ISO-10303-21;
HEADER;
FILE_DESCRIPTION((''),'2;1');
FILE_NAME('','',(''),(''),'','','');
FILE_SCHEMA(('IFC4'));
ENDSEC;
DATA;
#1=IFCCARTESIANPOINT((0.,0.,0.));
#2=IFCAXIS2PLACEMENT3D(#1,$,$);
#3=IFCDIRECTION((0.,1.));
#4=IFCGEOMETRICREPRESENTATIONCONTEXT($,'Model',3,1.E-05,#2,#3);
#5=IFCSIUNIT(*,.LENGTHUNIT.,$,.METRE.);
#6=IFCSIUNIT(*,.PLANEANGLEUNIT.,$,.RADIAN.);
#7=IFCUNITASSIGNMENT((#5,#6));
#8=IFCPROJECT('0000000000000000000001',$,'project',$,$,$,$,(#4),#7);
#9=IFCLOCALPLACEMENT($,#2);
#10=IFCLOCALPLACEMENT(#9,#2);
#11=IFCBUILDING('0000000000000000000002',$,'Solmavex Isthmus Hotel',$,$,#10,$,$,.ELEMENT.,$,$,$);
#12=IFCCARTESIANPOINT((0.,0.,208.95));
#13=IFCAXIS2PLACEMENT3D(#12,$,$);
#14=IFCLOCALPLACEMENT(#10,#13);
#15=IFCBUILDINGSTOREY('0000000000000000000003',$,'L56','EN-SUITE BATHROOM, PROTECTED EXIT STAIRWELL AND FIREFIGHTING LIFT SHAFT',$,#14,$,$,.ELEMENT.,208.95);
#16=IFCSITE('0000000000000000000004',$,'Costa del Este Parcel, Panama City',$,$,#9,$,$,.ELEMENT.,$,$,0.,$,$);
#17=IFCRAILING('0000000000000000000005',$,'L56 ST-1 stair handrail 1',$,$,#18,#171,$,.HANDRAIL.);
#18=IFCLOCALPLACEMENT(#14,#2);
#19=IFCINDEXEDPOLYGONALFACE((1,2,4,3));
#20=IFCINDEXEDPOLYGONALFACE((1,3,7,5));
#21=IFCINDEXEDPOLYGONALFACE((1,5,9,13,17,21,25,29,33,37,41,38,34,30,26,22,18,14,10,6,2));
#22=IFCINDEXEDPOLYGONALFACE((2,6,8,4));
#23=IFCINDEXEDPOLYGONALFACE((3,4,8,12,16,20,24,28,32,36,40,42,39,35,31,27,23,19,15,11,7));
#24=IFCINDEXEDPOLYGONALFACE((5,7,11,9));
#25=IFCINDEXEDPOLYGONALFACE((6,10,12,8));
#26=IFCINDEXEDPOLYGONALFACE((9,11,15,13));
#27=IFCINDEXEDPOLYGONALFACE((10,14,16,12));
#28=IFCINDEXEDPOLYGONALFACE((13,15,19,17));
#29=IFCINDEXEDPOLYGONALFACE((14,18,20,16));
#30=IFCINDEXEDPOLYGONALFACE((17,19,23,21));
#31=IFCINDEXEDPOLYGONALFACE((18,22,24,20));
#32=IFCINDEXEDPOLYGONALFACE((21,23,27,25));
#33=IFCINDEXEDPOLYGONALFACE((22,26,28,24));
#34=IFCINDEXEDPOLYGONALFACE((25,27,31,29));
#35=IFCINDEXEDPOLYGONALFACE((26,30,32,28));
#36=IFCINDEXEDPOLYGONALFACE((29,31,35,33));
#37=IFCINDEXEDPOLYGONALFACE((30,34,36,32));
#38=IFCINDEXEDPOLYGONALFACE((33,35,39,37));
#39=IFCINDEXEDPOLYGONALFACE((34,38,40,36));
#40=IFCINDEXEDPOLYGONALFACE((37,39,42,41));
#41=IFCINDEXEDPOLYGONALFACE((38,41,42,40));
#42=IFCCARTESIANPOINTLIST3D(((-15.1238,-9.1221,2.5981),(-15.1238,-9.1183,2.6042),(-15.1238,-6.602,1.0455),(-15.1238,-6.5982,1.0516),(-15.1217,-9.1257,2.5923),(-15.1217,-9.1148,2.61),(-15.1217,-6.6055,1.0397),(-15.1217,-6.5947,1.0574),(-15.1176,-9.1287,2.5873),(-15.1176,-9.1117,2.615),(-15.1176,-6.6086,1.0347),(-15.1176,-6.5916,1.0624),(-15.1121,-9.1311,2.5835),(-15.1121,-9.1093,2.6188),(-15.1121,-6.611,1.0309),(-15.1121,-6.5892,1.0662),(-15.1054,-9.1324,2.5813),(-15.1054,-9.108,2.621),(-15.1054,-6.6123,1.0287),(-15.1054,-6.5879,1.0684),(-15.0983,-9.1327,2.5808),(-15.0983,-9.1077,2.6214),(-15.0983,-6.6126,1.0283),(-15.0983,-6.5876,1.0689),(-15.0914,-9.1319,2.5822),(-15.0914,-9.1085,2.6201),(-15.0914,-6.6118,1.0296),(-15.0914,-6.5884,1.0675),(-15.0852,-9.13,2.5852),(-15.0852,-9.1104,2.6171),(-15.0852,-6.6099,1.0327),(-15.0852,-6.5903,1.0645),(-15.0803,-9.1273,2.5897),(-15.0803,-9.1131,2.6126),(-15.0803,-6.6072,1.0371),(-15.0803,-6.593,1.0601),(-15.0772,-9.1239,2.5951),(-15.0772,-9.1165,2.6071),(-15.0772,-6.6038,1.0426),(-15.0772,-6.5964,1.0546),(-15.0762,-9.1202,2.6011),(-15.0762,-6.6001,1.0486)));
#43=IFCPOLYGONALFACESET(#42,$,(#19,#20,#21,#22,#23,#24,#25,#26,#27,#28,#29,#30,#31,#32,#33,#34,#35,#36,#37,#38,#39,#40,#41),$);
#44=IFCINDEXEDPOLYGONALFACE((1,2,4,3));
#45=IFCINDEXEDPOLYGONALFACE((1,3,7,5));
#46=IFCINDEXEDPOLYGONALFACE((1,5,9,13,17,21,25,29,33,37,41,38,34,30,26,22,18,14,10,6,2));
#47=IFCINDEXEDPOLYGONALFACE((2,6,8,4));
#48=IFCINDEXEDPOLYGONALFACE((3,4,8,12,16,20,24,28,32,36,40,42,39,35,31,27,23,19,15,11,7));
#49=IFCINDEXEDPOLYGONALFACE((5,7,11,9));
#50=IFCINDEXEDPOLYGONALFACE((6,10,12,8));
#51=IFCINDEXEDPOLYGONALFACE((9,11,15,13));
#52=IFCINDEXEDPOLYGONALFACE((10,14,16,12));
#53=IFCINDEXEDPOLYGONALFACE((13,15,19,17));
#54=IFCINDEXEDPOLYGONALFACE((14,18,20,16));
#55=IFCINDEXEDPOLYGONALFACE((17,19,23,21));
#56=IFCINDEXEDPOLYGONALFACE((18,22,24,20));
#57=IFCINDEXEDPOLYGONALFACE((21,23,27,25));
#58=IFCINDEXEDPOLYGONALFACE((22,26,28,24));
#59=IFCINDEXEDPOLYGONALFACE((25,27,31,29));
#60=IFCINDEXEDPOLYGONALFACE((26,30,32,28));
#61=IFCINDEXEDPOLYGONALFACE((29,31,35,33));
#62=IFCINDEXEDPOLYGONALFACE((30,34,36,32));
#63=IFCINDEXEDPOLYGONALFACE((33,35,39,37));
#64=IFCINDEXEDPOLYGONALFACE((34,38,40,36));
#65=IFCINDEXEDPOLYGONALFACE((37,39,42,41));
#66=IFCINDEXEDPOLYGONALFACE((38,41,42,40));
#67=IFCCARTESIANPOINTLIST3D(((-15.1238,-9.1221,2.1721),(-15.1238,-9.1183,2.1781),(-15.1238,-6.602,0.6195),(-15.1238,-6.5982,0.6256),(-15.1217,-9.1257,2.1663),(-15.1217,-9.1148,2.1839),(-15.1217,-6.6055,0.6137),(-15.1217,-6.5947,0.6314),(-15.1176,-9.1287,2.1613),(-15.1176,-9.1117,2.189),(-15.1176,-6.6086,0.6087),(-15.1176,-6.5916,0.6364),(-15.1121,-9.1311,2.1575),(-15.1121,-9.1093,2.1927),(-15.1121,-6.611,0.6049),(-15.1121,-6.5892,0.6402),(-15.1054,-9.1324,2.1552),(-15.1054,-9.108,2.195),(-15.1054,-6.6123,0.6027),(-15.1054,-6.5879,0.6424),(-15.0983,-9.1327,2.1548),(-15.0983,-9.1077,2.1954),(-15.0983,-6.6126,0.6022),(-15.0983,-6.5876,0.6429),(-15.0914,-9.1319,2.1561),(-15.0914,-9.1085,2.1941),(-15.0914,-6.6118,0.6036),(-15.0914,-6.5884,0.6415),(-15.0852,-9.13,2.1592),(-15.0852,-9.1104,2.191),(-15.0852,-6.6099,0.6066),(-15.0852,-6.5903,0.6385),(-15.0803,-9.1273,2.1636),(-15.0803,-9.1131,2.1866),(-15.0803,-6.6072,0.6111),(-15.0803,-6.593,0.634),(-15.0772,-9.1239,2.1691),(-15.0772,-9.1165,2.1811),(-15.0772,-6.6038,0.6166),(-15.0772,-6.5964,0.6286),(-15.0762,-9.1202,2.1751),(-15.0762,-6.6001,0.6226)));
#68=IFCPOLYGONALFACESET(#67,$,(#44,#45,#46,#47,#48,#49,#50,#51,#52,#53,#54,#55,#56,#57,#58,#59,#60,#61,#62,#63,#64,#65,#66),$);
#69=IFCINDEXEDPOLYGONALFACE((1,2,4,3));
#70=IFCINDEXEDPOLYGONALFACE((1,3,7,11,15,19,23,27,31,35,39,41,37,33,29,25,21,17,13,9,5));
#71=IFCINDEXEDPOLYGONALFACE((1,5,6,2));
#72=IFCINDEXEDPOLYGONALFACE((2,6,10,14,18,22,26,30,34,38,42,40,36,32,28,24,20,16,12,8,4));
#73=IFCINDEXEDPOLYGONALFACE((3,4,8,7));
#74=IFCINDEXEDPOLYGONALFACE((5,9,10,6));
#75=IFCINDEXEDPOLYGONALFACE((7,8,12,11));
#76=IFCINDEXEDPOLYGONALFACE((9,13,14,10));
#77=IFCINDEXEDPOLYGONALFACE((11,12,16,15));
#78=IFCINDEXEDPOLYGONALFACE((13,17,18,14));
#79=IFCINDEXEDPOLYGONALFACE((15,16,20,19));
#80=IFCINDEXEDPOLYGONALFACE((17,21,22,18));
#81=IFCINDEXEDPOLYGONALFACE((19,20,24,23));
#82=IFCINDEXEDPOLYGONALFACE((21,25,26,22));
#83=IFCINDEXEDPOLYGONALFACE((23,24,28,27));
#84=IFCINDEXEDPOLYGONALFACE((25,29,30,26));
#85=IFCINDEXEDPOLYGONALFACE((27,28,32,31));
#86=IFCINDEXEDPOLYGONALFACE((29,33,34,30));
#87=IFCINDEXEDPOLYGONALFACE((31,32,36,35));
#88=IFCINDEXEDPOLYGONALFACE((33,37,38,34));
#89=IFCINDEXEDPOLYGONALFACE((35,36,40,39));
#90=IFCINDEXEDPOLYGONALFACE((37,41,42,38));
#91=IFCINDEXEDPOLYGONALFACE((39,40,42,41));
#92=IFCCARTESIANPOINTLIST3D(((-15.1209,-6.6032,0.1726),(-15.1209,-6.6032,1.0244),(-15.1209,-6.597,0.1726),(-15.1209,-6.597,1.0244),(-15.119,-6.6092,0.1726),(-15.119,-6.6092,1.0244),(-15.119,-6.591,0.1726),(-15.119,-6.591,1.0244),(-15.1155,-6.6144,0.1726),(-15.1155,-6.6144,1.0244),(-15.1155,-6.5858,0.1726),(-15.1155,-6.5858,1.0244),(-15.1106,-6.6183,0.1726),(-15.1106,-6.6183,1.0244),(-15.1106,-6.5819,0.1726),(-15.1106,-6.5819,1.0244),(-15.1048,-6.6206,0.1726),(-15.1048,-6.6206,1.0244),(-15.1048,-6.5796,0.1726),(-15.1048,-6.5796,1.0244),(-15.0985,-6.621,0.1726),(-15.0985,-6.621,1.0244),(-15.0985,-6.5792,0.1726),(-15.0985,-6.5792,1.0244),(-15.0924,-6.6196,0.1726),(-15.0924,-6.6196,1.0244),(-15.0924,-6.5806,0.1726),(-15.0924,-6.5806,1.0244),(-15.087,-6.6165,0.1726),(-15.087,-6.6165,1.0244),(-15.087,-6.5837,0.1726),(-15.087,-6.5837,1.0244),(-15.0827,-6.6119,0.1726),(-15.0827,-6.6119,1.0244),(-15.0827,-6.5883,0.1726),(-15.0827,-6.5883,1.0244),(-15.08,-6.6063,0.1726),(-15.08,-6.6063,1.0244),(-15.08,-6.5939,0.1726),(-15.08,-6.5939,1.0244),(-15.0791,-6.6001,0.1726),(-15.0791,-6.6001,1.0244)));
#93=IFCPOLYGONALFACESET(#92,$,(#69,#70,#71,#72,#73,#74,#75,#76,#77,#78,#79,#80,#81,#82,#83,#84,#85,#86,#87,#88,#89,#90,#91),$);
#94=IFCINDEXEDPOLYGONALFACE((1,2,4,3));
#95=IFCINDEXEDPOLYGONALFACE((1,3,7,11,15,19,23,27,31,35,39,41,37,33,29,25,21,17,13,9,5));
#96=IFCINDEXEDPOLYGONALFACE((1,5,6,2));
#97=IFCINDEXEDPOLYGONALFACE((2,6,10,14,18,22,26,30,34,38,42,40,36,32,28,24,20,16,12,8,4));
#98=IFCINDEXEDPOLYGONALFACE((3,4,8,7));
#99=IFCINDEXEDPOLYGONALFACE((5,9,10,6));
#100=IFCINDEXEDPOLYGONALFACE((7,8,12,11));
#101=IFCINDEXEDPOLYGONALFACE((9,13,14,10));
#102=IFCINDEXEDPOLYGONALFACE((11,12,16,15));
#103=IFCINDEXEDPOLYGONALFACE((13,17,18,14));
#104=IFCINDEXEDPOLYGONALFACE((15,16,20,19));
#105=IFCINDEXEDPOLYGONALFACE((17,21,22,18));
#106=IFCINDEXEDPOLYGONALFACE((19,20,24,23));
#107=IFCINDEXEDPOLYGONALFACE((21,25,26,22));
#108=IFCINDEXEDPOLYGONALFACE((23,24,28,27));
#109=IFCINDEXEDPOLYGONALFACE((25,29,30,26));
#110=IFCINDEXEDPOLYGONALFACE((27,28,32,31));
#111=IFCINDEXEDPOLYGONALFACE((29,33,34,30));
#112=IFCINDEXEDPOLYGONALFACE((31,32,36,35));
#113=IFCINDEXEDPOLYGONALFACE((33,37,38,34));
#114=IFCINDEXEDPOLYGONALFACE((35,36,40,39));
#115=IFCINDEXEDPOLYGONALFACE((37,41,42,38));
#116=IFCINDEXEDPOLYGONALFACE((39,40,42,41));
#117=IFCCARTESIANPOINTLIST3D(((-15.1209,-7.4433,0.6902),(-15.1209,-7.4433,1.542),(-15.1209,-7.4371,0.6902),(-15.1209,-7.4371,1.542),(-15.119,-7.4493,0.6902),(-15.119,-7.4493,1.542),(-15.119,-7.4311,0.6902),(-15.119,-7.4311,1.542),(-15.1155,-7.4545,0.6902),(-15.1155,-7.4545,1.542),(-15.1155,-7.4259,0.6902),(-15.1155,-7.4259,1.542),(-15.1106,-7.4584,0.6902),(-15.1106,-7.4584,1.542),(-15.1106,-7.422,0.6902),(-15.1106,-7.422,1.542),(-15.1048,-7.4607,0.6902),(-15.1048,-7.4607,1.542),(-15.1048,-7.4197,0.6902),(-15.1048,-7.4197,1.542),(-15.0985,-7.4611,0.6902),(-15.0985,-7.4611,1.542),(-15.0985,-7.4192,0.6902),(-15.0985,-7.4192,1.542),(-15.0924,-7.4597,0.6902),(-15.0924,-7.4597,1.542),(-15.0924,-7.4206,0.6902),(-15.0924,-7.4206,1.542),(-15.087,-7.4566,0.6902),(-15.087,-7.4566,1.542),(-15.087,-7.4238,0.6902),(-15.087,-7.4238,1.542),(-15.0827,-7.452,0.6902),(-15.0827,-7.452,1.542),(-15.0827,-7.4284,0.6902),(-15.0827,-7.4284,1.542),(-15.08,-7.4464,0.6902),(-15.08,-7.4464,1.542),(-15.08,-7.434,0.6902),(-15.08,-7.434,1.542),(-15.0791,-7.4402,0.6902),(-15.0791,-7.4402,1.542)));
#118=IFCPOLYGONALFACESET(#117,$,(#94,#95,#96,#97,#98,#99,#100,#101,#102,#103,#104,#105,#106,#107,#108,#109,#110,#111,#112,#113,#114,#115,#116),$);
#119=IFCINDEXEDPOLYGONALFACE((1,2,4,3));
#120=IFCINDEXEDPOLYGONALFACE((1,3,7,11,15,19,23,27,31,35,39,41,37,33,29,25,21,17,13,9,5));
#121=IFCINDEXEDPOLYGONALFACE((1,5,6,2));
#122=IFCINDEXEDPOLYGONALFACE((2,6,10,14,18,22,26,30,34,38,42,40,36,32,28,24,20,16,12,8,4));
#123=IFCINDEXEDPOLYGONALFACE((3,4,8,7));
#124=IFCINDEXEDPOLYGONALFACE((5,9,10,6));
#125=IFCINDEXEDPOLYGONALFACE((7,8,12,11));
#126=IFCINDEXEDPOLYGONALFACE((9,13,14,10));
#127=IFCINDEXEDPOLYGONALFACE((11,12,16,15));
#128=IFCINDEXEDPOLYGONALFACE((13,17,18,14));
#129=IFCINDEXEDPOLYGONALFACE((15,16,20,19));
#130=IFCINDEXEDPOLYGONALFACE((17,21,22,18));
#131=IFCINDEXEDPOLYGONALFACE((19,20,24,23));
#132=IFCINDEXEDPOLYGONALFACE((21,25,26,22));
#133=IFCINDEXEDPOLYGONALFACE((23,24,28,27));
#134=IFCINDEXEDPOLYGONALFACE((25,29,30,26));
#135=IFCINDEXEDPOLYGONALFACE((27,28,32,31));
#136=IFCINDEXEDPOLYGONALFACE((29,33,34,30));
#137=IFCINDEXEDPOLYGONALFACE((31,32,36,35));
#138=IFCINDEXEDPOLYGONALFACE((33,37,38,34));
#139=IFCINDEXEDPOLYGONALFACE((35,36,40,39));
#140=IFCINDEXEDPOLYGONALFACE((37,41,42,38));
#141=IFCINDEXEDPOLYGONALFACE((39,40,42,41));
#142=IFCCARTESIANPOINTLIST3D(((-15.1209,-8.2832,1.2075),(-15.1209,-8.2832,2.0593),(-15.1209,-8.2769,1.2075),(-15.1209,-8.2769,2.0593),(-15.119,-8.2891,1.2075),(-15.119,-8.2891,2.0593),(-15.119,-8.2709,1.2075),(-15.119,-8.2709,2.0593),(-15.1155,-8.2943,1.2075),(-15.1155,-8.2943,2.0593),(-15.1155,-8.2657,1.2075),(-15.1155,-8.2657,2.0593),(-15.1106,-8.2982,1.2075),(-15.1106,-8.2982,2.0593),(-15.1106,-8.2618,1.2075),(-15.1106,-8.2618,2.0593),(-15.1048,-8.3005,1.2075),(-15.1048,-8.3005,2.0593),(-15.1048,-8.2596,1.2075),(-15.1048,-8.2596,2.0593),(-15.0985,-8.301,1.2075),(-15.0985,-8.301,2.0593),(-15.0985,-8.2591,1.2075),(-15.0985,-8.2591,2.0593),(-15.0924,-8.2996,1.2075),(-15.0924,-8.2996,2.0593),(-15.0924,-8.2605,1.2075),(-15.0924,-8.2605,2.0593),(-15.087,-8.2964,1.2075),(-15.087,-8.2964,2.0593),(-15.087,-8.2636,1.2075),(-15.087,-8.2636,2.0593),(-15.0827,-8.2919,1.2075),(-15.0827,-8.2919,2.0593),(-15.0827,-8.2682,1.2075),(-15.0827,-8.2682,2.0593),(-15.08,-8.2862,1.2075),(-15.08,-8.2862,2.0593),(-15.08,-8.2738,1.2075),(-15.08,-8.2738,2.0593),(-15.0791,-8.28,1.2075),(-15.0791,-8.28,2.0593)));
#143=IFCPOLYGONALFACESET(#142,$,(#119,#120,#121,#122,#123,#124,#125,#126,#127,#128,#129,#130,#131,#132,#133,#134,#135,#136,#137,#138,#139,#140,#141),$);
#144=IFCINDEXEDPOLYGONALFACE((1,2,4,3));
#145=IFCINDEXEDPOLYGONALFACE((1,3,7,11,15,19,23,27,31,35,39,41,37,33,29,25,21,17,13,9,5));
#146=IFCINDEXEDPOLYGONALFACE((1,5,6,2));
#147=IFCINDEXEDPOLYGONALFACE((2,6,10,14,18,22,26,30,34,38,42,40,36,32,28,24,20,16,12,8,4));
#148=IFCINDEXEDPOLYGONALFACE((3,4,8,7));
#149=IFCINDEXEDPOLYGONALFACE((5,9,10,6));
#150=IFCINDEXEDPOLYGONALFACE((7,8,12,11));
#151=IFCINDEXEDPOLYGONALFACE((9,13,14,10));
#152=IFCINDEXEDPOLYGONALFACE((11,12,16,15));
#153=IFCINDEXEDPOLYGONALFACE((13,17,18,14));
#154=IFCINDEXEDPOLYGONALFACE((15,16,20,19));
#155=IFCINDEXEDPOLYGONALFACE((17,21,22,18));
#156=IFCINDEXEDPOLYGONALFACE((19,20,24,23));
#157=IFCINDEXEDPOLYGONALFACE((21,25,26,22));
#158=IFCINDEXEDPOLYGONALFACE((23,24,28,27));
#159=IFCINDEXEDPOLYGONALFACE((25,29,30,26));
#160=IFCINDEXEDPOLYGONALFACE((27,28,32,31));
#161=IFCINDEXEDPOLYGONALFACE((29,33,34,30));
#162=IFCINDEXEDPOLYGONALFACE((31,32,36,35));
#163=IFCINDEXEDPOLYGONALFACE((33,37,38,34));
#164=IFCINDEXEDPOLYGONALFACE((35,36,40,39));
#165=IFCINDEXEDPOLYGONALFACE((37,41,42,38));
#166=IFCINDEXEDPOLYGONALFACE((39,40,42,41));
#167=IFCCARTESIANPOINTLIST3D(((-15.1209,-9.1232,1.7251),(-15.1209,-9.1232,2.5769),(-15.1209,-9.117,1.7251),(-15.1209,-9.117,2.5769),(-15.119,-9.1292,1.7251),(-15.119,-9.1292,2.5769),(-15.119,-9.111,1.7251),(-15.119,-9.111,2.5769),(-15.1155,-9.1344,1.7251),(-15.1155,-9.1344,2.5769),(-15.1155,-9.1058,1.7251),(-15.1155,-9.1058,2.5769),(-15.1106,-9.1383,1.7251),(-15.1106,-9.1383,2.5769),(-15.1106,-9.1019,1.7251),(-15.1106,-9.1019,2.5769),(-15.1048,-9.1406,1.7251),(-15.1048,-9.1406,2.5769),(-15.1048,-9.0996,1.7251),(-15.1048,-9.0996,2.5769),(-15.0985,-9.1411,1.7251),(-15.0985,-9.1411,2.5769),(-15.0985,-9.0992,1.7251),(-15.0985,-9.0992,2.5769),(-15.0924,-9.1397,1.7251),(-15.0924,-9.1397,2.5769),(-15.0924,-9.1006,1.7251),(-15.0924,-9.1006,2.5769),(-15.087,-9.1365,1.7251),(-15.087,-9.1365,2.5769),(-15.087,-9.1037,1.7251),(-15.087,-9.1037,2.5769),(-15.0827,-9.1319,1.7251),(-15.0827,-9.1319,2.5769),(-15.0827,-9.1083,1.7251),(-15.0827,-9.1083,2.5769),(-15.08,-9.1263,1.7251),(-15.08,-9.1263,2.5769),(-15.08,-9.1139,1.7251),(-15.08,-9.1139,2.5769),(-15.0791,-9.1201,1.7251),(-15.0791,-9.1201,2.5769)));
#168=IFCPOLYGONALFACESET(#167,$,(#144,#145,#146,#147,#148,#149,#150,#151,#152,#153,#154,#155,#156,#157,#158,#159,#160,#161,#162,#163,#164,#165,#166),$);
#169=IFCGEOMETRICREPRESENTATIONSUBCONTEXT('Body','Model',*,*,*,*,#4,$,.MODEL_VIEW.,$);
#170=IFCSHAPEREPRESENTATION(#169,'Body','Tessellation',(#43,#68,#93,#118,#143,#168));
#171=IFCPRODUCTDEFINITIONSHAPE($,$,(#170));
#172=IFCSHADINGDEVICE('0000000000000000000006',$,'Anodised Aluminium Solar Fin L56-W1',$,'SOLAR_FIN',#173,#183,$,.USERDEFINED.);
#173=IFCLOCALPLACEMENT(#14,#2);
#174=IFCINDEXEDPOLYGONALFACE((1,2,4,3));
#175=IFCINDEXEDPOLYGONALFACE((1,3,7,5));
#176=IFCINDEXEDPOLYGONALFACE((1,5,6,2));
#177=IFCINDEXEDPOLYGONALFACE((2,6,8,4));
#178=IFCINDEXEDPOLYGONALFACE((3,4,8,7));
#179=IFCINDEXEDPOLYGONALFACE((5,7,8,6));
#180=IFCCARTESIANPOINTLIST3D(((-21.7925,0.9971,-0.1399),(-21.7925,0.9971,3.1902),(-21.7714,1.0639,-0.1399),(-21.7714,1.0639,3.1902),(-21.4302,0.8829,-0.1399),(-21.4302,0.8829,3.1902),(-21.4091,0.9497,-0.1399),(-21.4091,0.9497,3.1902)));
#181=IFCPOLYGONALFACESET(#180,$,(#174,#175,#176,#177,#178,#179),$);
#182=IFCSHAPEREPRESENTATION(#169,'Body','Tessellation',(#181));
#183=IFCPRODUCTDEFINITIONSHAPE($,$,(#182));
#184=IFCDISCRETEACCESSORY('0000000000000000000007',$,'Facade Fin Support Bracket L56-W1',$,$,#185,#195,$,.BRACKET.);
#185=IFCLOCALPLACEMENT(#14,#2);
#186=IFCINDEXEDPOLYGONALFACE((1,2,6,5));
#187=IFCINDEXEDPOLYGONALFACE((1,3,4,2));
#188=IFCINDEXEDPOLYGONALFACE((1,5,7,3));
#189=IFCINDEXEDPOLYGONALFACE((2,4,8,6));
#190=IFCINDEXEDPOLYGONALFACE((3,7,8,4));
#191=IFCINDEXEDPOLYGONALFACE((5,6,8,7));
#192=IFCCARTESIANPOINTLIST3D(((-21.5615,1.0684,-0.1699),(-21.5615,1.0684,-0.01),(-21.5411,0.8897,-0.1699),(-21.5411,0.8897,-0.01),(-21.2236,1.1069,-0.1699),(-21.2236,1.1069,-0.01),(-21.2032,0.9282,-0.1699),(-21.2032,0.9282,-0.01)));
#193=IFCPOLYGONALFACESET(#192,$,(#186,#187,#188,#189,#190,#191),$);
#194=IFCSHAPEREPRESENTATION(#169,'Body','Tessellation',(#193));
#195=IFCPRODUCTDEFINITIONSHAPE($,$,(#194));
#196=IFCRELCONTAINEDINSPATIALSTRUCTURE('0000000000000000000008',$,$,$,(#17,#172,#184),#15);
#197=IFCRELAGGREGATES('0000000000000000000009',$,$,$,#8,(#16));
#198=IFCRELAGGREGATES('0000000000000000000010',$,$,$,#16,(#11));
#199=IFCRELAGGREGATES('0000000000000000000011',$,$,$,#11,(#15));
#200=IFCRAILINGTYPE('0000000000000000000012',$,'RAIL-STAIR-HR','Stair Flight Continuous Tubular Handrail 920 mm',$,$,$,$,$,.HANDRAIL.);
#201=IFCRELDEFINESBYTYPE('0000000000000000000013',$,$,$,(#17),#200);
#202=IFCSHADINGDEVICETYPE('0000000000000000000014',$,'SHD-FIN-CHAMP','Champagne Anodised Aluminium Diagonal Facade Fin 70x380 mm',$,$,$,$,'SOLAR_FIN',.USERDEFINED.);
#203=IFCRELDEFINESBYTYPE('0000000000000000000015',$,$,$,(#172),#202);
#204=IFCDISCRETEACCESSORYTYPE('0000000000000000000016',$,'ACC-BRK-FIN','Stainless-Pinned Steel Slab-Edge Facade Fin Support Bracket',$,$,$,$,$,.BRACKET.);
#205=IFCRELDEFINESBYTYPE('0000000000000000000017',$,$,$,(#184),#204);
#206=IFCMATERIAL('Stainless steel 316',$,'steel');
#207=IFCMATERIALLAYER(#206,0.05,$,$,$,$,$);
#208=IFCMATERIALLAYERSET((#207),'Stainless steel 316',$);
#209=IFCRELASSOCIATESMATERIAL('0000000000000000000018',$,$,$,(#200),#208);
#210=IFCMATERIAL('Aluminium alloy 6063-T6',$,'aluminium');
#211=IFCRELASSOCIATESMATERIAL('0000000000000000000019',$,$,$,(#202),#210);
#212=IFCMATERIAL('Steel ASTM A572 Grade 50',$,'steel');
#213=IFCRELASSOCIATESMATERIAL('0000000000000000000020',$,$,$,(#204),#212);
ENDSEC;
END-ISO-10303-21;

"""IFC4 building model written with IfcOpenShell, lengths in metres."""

from ifc_helpers import new_model, si_unit, direction, frame, origin, origin_2d, place, context, subcontext, project, spatial, rectangle, circle, extrude, material, layer, layer_set, type_object, element, save


model = new_model("IFC4")

# Units and contexts
model_context = context("Model", 3, precision=1e-05, world=origin(), true_north=direction((0.0, 1.0)))
body_context = subcontext(model_context, "Body", "Model", "MODEL_VIEW")
ifc_project = project(units=[si_unit("LENGTHUNIT", "METRE"), si_unit("PLANEANGLEUNIT", "RADIAN")], contexts=[model_context])

# Site, building, storey
site_placement = place(None, origin())
site = spatial("IfcSite", under=ifc_project, at=site_placement, Name="Costa del Este Parcel, Panama City", CompositionType="ELEMENT", RefElevation=0.0)
building_placement = place(site_placement, origin())
building = spatial("IfcBuilding", under=site, at=building_placement, Name="Solmavex Isthmus Hotel", CompositionType="ELEMENT")
storey_placement = place(building_placement, frame((0.0, 0.0, 208.95)))
storey = spatial("IfcBuildingStorey", under=building, at=storey_placement, Name="L56", Description="EN-SUITE BATHROOM, PROTECTED EXIT STAIRWELL AND FIREFIGHTING LIFT SHAFT", CompositionType="ELEMENT", Elevation=208.95)

# Shared definitions
ifc_material_1 = material(Name="Aluminium alloy 6063-T6", Category="aluminium")

# Railing
ifc_material_2 = material(Name="Stainless steel 316", Category="steel")
ifc_layer_1 = layer(ifc_material_2, 0.05)
ifc_layer_set_1 = layer_set([ifc_layer_1], Name="Stainless steel 316")
railing_type_1 = type_object("IfcRailingType", Name="RAIL-STAIR-HR", Description="Stair Flight Continuous Tubular Handrail 920 mm", PredefinedType="HANDRAIL", material=ifc_layer_set_1)
railing_1_placement = place(storey_placement, frame((-15.1001, -6.6001, 0.1726)))
element("IfcRailing", 1, at=railing_1_placement, inside=storey, type_object=railing_type_1, Name="L56 ST-1 stair handrail 1", PredefinedType="HANDRAIL", context=body_context, shape_type="SweptSolid", body=[
    extrude(circle(Radius=0.0239, at=origin_2d()), frame((0.0, 0.0, 0.876), z_axis=(0.0, -0.8514, 0.524516), x_axis=(1.0, 0.0, 0.0)), (0.0, 0.0, 1.0), 2.96),
    extrude(circle(Radius=0.0239, at=origin_2d()), frame((0.0, 0.0, 0.45), z_axis=(0.0, -0.8514, 0.524516), x_axis=(1.0, 0.0, 0.0)), (0.0, 0.0, 1.0), 2.96),
    extrude(circle(Radius=0.021, at=origin_2d()), origin(), (0.0, 0.0, 1.0), 0.8518),
    extrude(circle(Radius=0.021, at=origin_2d()), frame((0.0, -0.8401, 0.5176)), (0.0, 0.0, 1.0), 0.8518),
    extrude(circle(Radius=0.021, at=origin_2d()), frame((0.0, -1.6799, 1.0349)), (0.0, 0.0, 1.0), 0.8518),
    extrude(circle(Radius=0.021, at=origin_2d()), frame((0.0, -2.52, 1.5525)), (0.0, 0.0, 1.0), 0.8518),
])

# Shading device
shading_device_type = type_object("IfcShadingDeviceType", Name="SHD-FIN-CHAMP", Description="Champagne Anodised Aluminium Diagonal Facade Fin 70x380 mm", ElementType="SOLAR_FIN", PredefinedType="USERDEFINED", material=ifc_material_1)
shading_device_placement = place(storey_placement, frame((-21.6008, 0.9734, -0.1399), z_axis=(0.0, 0.0, 1.0), x_axis=(-0.953717, 0.300706, 0.0)))
element("IfcShadingDevice", 2, at=shading_device_placement, inside=storey, type_object=shading_device_type, Name="Anodised Aluminium Solar Fin L56-W1", ObjectType="SOLAR_FIN", PredefinedType="USERDEFINED", context=body_context, shape_type="SweptSolid", body=[
    extrude(rectangle(XDim=0.3799, YDim=0.0701, at=origin_2d()), origin(), (0.0, 0.0, 1.0), 3.3301),
])

# Discrete accessory
ifc_material_3 = material(Name="Steel ASTM A572 Grade 50", Category="steel")
discrete_accessory_type = type_object("IfcDiscreteAccessoryType", Name="ACC-BRK-FIN", Description="Stainless-Pinned Steel Slab-Edge Facade Fin Support Bracket", PredefinedType="BRACKET", material=ifc_material_3)
discrete_accessory_placement = place(storey_placement, frame((-21.3823, 0.9983, -0.1699), z_axis=(0.0, 0.0, 1.0), x_axis=(-0.993572, -0.113203, 0.0)))
element("IfcDiscreteAccessory", 3, at=discrete_accessory_placement, inside=storey, type_object=discrete_accessory_type, Name="Facade Fin Support Bracket L56-W1", PredefinedType="BRACKET", context=body_context, shape_type="SweptSolid", body=[
    extrude(rectangle(XDim=0.3401, YDim=0.1799, at=origin_2d()), origin(), (0.0, 0.0, 1.0), 0.1599),
])

save(model, "model.ifc")
